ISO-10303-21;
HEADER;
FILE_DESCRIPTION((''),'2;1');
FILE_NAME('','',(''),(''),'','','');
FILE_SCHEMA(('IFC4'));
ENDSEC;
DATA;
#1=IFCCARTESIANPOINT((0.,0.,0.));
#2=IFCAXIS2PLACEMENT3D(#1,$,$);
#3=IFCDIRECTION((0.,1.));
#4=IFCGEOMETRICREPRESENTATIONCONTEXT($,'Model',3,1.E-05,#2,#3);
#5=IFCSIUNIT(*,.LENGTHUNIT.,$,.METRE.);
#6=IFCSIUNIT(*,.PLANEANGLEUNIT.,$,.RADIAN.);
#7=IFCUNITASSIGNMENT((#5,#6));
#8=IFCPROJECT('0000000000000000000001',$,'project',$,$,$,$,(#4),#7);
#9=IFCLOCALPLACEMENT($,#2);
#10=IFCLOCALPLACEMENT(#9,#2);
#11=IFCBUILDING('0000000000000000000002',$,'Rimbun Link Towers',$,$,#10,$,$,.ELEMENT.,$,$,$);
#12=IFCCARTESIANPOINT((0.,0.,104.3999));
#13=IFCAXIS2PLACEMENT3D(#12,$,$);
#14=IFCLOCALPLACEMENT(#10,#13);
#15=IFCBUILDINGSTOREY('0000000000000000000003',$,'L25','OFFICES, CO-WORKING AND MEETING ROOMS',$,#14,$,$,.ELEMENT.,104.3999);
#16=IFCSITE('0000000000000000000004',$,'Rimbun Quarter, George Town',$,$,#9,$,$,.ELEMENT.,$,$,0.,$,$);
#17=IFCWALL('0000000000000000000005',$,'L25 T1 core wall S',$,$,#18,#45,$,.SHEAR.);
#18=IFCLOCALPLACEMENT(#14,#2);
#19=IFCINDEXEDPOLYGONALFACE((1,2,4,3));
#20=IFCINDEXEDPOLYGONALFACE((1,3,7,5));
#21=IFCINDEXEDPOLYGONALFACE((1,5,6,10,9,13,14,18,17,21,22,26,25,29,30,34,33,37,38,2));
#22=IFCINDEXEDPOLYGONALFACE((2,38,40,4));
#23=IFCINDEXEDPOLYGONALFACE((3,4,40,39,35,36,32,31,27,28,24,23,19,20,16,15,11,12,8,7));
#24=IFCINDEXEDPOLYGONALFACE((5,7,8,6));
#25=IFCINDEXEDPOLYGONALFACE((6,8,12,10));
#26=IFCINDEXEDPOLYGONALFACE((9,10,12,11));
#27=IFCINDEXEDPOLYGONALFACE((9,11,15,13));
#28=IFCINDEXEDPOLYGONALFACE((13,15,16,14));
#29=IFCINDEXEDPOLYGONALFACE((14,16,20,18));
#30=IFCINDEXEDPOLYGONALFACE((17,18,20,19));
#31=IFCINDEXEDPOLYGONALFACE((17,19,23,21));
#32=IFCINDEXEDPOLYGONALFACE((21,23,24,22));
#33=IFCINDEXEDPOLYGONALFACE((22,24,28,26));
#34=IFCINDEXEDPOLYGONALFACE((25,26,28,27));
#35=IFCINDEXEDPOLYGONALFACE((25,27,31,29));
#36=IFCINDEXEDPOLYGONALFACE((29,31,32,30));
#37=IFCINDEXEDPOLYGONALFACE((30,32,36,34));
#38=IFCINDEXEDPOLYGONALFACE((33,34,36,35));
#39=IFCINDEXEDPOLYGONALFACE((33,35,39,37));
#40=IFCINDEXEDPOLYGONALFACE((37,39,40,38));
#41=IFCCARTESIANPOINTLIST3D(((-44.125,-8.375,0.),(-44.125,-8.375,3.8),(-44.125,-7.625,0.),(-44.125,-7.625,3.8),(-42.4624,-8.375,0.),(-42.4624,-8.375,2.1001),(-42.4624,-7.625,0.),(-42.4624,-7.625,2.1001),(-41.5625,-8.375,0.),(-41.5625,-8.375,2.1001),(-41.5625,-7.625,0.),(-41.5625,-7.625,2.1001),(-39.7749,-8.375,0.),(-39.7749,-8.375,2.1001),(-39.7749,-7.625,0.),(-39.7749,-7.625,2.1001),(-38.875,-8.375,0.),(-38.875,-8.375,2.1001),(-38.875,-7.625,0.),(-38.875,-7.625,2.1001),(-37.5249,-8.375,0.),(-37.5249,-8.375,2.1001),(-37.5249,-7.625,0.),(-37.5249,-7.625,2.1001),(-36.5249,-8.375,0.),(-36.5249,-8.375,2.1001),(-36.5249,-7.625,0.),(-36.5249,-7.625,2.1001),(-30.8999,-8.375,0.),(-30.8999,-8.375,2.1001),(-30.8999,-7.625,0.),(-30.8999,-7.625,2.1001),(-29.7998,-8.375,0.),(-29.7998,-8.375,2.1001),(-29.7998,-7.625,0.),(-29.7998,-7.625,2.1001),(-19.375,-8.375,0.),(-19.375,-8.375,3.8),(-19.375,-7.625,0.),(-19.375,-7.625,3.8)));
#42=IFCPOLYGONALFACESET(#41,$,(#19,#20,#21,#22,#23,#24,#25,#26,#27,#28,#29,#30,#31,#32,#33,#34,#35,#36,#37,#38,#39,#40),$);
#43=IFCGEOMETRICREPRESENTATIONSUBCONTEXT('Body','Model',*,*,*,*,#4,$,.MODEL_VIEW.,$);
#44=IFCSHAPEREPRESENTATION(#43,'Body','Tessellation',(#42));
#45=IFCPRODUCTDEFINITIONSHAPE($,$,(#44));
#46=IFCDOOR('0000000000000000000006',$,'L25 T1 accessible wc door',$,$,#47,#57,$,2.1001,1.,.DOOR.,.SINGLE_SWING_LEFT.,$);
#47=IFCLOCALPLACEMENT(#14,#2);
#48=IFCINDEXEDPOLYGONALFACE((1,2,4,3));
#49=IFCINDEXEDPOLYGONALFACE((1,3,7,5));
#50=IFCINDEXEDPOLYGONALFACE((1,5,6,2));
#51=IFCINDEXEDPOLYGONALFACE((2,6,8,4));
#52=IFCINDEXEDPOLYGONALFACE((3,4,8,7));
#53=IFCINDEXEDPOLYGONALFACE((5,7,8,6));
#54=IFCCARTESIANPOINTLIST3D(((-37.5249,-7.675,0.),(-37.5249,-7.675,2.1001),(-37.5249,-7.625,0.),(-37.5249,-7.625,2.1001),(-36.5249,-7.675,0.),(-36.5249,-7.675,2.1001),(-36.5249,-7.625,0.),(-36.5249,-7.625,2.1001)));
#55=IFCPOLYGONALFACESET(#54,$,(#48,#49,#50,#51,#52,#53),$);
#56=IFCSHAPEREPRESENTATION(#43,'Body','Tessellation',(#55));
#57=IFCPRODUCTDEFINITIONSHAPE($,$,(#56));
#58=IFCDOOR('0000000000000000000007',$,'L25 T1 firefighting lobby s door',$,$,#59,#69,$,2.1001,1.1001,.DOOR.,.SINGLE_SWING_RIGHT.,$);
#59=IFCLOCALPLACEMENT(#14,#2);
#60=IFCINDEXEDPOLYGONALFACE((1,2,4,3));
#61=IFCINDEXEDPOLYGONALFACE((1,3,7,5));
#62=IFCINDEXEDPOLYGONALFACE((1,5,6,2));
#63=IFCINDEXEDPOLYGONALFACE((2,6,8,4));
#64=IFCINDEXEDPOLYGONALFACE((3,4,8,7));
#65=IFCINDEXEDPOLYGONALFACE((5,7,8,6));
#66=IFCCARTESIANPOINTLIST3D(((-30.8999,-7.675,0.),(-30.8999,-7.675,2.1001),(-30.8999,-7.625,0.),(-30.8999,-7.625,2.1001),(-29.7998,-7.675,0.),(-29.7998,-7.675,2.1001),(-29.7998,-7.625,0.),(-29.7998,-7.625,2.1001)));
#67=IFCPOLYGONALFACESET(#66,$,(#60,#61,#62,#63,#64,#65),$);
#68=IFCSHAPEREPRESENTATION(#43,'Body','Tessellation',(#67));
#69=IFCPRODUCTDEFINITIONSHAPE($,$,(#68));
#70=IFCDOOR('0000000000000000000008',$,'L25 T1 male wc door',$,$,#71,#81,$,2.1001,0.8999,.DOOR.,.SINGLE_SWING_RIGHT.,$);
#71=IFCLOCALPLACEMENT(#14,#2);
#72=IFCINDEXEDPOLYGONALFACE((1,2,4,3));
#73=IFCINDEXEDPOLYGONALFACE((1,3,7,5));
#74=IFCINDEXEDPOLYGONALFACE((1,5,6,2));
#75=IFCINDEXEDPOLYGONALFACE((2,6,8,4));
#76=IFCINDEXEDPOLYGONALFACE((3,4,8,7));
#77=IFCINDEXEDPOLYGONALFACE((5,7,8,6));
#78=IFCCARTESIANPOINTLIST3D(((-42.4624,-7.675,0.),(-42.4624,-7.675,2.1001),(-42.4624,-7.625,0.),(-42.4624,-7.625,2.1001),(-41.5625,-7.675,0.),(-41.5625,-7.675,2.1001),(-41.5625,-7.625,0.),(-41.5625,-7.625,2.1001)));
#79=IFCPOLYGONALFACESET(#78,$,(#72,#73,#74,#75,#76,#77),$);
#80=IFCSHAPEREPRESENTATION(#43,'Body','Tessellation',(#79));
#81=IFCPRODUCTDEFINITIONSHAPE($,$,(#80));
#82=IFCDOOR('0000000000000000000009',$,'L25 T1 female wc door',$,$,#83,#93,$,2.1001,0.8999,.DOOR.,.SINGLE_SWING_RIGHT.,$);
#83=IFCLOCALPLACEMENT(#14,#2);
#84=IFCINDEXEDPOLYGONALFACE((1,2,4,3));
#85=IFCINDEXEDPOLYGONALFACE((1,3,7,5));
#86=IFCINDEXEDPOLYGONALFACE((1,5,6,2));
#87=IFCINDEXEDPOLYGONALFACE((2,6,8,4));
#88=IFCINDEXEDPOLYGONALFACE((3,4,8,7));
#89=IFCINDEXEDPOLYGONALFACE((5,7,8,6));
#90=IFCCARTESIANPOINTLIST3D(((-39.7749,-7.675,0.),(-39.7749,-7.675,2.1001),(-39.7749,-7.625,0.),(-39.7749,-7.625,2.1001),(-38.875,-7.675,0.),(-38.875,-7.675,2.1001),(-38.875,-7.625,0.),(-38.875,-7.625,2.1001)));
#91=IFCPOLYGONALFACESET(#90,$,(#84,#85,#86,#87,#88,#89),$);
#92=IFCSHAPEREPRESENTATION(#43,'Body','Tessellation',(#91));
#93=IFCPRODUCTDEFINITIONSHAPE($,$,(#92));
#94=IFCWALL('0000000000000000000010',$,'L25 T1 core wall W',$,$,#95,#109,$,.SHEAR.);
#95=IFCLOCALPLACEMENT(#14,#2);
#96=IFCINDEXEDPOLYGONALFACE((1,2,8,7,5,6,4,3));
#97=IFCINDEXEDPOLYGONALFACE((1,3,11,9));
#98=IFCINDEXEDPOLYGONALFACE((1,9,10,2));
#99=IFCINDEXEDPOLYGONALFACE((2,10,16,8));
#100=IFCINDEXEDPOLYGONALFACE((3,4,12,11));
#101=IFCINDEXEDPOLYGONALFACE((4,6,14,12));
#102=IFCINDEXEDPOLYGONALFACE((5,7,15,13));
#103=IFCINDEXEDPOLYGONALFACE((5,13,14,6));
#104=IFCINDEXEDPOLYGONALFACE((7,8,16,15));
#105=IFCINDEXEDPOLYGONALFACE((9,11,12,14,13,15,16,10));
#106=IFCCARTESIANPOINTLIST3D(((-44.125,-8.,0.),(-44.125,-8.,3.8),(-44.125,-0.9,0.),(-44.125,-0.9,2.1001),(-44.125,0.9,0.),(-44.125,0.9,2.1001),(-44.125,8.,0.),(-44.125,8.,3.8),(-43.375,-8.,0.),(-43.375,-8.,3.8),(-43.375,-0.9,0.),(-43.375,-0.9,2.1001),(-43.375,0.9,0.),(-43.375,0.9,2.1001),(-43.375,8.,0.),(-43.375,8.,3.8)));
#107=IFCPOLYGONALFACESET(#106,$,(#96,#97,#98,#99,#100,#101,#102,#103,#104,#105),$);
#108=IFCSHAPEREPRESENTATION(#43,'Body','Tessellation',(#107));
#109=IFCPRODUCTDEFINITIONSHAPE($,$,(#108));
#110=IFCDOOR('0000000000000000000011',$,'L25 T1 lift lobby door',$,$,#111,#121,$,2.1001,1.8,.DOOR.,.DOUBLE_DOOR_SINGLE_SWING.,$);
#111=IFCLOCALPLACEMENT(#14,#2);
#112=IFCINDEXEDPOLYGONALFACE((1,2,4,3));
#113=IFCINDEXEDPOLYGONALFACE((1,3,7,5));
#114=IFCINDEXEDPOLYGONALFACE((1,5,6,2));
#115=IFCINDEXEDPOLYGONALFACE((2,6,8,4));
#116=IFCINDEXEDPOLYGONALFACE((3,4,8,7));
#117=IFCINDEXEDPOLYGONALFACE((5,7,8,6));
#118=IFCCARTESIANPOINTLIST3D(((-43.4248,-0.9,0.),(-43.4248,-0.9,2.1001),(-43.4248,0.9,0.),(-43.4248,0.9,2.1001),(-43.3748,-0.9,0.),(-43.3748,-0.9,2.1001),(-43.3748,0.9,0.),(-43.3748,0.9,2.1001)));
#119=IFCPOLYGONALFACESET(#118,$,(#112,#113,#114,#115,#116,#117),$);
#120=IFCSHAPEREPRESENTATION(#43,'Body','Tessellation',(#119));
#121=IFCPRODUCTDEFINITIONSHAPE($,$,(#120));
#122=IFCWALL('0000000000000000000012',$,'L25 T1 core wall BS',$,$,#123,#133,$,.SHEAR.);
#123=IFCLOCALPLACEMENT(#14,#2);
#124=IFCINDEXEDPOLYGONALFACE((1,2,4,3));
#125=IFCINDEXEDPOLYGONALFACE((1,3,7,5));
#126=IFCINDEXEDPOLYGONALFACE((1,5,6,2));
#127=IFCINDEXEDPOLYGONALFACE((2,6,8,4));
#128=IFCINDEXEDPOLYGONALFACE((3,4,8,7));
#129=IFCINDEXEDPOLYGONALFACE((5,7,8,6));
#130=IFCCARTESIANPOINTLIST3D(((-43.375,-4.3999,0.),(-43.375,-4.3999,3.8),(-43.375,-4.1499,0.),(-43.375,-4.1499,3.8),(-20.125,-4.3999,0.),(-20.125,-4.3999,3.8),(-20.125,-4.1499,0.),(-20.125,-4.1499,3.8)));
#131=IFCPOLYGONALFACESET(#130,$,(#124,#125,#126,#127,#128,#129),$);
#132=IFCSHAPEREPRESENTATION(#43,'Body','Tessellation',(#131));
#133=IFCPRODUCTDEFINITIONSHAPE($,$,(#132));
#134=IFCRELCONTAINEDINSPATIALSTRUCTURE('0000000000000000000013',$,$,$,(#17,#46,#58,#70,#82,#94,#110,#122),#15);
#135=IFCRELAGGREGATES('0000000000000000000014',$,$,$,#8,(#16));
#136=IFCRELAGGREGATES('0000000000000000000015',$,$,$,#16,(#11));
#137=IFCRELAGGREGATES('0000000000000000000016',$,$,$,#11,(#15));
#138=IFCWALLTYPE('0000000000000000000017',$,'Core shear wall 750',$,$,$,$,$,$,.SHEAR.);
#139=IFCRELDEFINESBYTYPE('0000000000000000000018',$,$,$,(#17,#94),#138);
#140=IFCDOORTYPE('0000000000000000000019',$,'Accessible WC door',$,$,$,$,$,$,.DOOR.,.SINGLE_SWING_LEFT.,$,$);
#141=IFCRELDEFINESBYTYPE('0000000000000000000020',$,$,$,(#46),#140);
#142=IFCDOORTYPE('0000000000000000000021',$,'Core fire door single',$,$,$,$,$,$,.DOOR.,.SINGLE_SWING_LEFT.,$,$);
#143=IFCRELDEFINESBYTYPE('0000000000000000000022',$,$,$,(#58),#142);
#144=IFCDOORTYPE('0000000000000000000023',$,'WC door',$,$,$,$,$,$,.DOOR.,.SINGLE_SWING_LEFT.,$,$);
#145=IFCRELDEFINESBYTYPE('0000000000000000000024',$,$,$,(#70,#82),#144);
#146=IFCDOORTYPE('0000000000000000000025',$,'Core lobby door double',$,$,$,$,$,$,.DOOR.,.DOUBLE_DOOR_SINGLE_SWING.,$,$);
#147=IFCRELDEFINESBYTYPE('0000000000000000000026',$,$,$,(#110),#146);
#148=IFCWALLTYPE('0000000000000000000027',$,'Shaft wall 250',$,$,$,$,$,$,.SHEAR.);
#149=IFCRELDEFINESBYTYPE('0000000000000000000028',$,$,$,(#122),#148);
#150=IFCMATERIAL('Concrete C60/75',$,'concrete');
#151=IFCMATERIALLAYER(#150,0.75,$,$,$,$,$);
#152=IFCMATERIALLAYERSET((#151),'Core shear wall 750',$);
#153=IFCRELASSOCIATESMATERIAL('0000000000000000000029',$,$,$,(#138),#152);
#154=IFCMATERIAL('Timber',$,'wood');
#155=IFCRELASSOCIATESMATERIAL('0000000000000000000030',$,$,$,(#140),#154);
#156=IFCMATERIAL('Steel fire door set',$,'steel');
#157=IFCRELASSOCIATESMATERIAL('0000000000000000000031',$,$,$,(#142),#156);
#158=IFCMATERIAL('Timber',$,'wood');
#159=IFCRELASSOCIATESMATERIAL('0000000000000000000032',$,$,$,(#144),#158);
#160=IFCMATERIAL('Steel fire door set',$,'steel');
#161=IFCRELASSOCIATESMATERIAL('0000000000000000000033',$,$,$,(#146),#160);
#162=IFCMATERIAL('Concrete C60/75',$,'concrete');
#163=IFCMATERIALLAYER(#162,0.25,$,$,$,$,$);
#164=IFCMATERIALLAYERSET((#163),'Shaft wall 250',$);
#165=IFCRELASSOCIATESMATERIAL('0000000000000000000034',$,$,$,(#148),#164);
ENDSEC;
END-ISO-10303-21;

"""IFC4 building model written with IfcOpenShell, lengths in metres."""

from ifc_helpers import new_model, si_unit, direction, frame, frame_2d, origin, place, context, subcontext, project, spatial, rectangle, extrude, material, layer, layer_set, type_object, element, fill, save


model = new_model("IFC4")

# Units and contexts
model_context = context("Model", 3, precision=1e-05, world=origin(), true_north=direction((0.0, 1.0)))
body_context = subcontext(model_context, "Body", "Model", "MODEL_VIEW")
ifc_project = project(units=[si_unit("LENGTHUNIT", "METRE"), si_unit("PLANEANGLEUNIT", "RADIAN")], contexts=[model_context])

# Site, building, storey
site_placement = place(None, origin())
site = spatial("IfcSite", under=ifc_project, at=site_placement, Name="Rimbun Quarter, George Town", CompositionType="ELEMENT", RefElevation=0.0)
building_placement = place(site_placement, origin())
building = spatial("IfcBuilding", under=site, at=building_placement, Name="Rimbun Link Towers", CompositionType="ELEMENT")
storey_placement = place(building_placement, frame((0.0, 0.0, 104.3999)))
storey = spatial("IfcBuildingStorey", under=building, at=storey_placement, Name="L25", Description="OFFICES, CO-WORKING AND MEETING ROOMS", CompositionType="ELEMENT", Elevation=104.3999)

# Wall, openings, doors
ifc_material_1 = material(Name="Concrete C60/75", Category="concrete")
ifc_layer_1 = layer(ifc_material_1, 0.75)
ifc_layer_set_1 = layer_set([ifc_layer_1], Name="Core shear wall 750")
wall_type_1 = type_object("IfcWallType", Name="Core shear wall 750", PredefinedType="SHEAR", material=ifc_layer_set_1)
wall_1_placement = place(storey_placement, frame((-44.125, -8.0, 0.0), z_axis=(0.0, 0.0, 1.0), x_axis=(1.0, 0.0, 0.0)))
wall_1 = element("IfcWall", 1, at=wall_1_placement, inside=storey, type_object=wall_type_1, Name="L25 T1 core wall S", PredefinedType="SHEAR", context=body_context, shape_type="SweptSolid", body=[
    extrude(rectangle(XDim=24.75, YDim=0.75, at=frame_2d((12.375, 0.0))), origin(), (0.0, 0.0, 1.0), 3.8),
])
opening_1_placement = place(wall_1_placement, frame((13.2251, 0.0, 0.0)))
opening_1 = element("IfcOpeningElement", 2, at=opening_1_placement, cuts=wall_1, PredefinedType="OPENING", context=body_context, shape_type="SweptSolid", body=[
    extrude(rectangle(XDim=1.1001, YDim=2.1001, at=frame_2d((0.55, 1.05))), frame((0.0, 0.385, 0.0), z_axis=(0.0, -1.0, 0.0), x_axis=(1.0, 0.0, 0.0)), (0.0, 0.0, 1.0), 0.77),
])
opening_2_placement = place(wall_1_placement, frame((1.6626, 0.0, 0.0)))
opening_2 = element("IfcOpeningElement", 3, at=opening_2_placement, cuts=wall_1, PredefinedType="OPENING", context=body_context, shape_type="SweptSolid", body=[
    extrude(rectangle(XDim=0.8999, YDim=2.1001, at=frame_2d((0.45, 1.05))), frame((0.0, 0.385, 0.0), z_axis=(0.0, -1.0, 0.0), x_axis=(1.0, 0.0, 0.0)), (0.0, 0.0, 1.0), 0.77),
])
opening_3_placement = place(wall_1_placement, frame((4.3501, 0.0, 0.0)))
opening_3 = element("IfcOpeningElement", 4, at=opening_3_placement, cuts=wall_1, PredefinedType="OPENING", context=body_context, shape_type="SweptSolid", body=[
    extrude(rectangle(XDim=0.8999, YDim=2.1001, at=frame_2d((0.45, 1.05))), frame((0.0, 0.385, 0.0), z_axis=(0.0, -1.0, 0.0), x_axis=(1.0, 0.0, 0.0)), (0.0, 0.0, 1.0), 0.77),
])
opening_4_placement = place(wall_1_placement, frame((6.6001, 0.0, 0.0)))
opening_4 = element("IfcOpeningElement", 5, at=opening_4_placement, cuts=wall_1, PredefinedType="OPENING", context=body_context, shape_type="SweptSolid", body=[
    extrude(rectangle(XDim=1.0, YDim=2.1001, at=frame_2d((0.5, 1.05))), frame((0.0, 0.385, 0.0), z_axis=(0.0, -1.0, 0.0), x_axis=(1.0, 0.0, 0.0)), (0.0, 0.0, 1.0), 0.77),
])
ifc_material_2 = material(Name="Timber", Category="wood")
door_type_1 = type_object("IfcDoorType", Name="Accessible WC door", OperationType="SINGLE_SWING_LEFT", PredefinedType="DOOR", material=ifc_material_2)
door_1_placement = place(opening_4_placement, origin())
door_1 = element("IfcDoor", 6, at=door_1_placement, inside=storey, type_object=door_type_1, Name="L25 T1 accessible wc door", OperationType="SINGLE_SWING_LEFT", OverallHeight=2.1001, OverallWidth=1.0, PredefinedType="DOOR", context=body_context, shape_type="SweptSolid", body=[
    extrude(rectangle(XDim=1.0, YDim=2.1001, at=frame_2d((0.5, 1.05))), frame((0.0, 0.375, 0.0), z_axis=(0.0, -1.0, 0.0), x_axis=(1.0, 0.0, 0.0)), (0.0, 0.0, 1.0), 0.05),
])
fill(opening_4, door_1)
ifc_material_3 = material(Name="Steel fire door set", Category="steel")
door_type_2 = type_object("IfcDoorType", Name="Core fire door single", OperationType="SINGLE_SWING_LEFT", PredefinedType="DOOR", material=ifc_material_3)
door_2_placement = place(opening_1_placement, origin())
door_2 = element("IfcDoor", 7, at=door_2_placement, inside=storey, type_object=door_type_2, Name="L25 T1 firefighting lobby s door", OperationType="SINGLE_SWING_RIGHT", OverallHeight=2.1001, OverallWidth=1.1001, PredefinedType="DOOR", context=body_context, shape_type="SweptSolid", body=[
    extrude(rectangle(XDim=1.1001, YDim=2.1001, at=frame_2d((0.55, 1.05))), frame((0.0, 0.375, 0.0), z_axis=(0.0, -1.0, 0.0), x_axis=(1.0, 0.0, 0.0)), (0.0, 0.0, 1.0), 0.05),
])
fill(opening_1, door_2)
ifc_material_4 = material(Name="Timber", Category="wood")
door_type_3 = type_object("IfcDoorType", Name="WC door", OperationType="SINGLE_SWING_LEFT", PredefinedType="DOOR", material=ifc_material_4)
door_3_placement = place(opening_2_placement, origin())
door_3 = element("IfcDoor", 8, at=door_3_placement, inside=storey, type_object=door_type_3, Name="L25 T1 male wc door", OperationType="SINGLE_SWING_RIGHT", OverallHeight=2.1001, OverallWidth=0.8999, PredefinedType="DOOR", context=body_context, shape_type="SweptSolid", body=[
    extrude(rectangle(XDim=0.8999, YDim=2.1001, at=frame_2d((0.45, 1.05))), frame((0.0, 0.375, 0.0), z_axis=(0.0, -1.0, 0.0), x_axis=(1.0, 0.0, 0.0)), (0.0, 0.0, 1.0), 0.05),
])
fill(opening_2, door_3)
door_4_placement = place(opening_3_placement, origin())
door_4 = element("IfcDoor", 9, at=door_4_placement, inside=storey, type_object=door_type_3, Name="L25 T1 female wc door", OperationType="SINGLE_SWING_RIGHT", OverallHeight=2.1001, OverallWidth=0.8999, PredefinedType="DOOR", context=body_context, shape_type="SweptSolid", body=[
    extrude(rectangle(XDim=0.8999, YDim=2.1001, at=frame_2d((0.45, 1.05))), frame((0.0, 0.375, 0.0), z_axis=(0.0, -1.0, 0.0), x_axis=(1.0, 0.0, 0.0)), (0.0, 0.0, 1.0), 0.05),
])
fill(opening_3, door_4)

# Wall, opening, door
wall_2_placement = place(storey_placement, frame((-43.75, -8.0, 0.0), z_axis=(0.0, 0.0, 1.0), x_axis=(0.0, 1.0, 0.0)))
wall_2 = element("IfcWall", 10, at=wall_2_placement, inside=storey, type_object=wall_type_1, Name="L25 T1 core wall W", PredefinedType="SHEAR", context=body_context, shape_type="SweptSolid", body=[
    extrude(rectangle(XDim=16.0, YDim=0.75, at=frame_2d((8.0, 0.0))), origin(), (0.0, 0.0, 1.0), 3.8),
])
opening_5_placement = place(wall_2_placement, frame((7.1001, 0.0, 0.0)))
opening_5 = element("IfcOpeningElement", 11, at=opening_5_placement, cuts=wall_2, PredefinedType="OPENING", context=body_context, shape_type="SweptSolid", body=[
    extrude(rectangle(XDim=1.8, YDim=2.1001, at=frame_2d((0.8999, 1.05))), frame((0.0, 0.385, 0.0), z_axis=(0.0, -1.0, 0.0), x_axis=(1.0, 0.0, 0.0)), (0.0, 0.0, 1.0), 0.77),
])
ifc_material_5 = material(Name="Steel fire door set", Category="steel")
door_type_4 = type_object("IfcDoorType", Name="Core lobby door double", OperationType="DOUBLE_DOOR_SINGLE_SWING", PredefinedType="DOOR", material=ifc_material_5)
door_5_placement = place(opening_5_placement, origin())
door_5 = element("IfcDoor", 12, at=door_5_placement, inside=storey, type_object=door_type_4, Name="L25 T1 lift lobby door", OperationType="DOUBLE_DOOR_SINGLE_SWING", OverallHeight=2.1001, OverallWidth=1.8, PredefinedType="DOOR", context=body_context, shape_type="SweptSolid", body=[
    extrude(rectangle(XDim=1.8, YDim=2.1001, at=frame_2d((0.8999, 1.05))), frame((0.0, -0.3252, 0.0), z_axis=(0.0, -1.0, 0.0), x_axis=(1.0, 0.0, 0.0)), (0.0, 0.0, 1.0), 0.05),
])
fill(opening_5, door_5)

# Wall
ifc_material_6 = material(Name="Concrete C60/75", Category="concrete")
ifc_layer_2 = layer(ifc_material_6, 0.25)
ifc_layer_set_2 = layer_set([ifc_layer_2], Name="Shaft wall 250")
wall_type_2 = type_object("IfcWallType", Name="Shaft wall 250", PredefinedType="SHEAR", material=ifc_layer_set_2)
wall_3_placement = place(storey_placement, frame((-43.375, -4.2749, 0.0), z_axis=(0.0, 0.0, 1.0), x_axis=(1.0, 0.0, 0.0)))
element("IfcWall", 13, at=wall_3_placement, inside=storey, type_object=wall_type_2, Name="L25 T1 core wall BS", PredefinedType="SHEAR", context=body_context, shape_type="SweptSolid", body=[
    extrude(rectangle(XDim=23.25, YDim=0.25, at=frame_2d((11.625, 0.0))), origin(), (0.0, 0.0, 1.0), 3.8),
])

save(model, "model.ifc")
